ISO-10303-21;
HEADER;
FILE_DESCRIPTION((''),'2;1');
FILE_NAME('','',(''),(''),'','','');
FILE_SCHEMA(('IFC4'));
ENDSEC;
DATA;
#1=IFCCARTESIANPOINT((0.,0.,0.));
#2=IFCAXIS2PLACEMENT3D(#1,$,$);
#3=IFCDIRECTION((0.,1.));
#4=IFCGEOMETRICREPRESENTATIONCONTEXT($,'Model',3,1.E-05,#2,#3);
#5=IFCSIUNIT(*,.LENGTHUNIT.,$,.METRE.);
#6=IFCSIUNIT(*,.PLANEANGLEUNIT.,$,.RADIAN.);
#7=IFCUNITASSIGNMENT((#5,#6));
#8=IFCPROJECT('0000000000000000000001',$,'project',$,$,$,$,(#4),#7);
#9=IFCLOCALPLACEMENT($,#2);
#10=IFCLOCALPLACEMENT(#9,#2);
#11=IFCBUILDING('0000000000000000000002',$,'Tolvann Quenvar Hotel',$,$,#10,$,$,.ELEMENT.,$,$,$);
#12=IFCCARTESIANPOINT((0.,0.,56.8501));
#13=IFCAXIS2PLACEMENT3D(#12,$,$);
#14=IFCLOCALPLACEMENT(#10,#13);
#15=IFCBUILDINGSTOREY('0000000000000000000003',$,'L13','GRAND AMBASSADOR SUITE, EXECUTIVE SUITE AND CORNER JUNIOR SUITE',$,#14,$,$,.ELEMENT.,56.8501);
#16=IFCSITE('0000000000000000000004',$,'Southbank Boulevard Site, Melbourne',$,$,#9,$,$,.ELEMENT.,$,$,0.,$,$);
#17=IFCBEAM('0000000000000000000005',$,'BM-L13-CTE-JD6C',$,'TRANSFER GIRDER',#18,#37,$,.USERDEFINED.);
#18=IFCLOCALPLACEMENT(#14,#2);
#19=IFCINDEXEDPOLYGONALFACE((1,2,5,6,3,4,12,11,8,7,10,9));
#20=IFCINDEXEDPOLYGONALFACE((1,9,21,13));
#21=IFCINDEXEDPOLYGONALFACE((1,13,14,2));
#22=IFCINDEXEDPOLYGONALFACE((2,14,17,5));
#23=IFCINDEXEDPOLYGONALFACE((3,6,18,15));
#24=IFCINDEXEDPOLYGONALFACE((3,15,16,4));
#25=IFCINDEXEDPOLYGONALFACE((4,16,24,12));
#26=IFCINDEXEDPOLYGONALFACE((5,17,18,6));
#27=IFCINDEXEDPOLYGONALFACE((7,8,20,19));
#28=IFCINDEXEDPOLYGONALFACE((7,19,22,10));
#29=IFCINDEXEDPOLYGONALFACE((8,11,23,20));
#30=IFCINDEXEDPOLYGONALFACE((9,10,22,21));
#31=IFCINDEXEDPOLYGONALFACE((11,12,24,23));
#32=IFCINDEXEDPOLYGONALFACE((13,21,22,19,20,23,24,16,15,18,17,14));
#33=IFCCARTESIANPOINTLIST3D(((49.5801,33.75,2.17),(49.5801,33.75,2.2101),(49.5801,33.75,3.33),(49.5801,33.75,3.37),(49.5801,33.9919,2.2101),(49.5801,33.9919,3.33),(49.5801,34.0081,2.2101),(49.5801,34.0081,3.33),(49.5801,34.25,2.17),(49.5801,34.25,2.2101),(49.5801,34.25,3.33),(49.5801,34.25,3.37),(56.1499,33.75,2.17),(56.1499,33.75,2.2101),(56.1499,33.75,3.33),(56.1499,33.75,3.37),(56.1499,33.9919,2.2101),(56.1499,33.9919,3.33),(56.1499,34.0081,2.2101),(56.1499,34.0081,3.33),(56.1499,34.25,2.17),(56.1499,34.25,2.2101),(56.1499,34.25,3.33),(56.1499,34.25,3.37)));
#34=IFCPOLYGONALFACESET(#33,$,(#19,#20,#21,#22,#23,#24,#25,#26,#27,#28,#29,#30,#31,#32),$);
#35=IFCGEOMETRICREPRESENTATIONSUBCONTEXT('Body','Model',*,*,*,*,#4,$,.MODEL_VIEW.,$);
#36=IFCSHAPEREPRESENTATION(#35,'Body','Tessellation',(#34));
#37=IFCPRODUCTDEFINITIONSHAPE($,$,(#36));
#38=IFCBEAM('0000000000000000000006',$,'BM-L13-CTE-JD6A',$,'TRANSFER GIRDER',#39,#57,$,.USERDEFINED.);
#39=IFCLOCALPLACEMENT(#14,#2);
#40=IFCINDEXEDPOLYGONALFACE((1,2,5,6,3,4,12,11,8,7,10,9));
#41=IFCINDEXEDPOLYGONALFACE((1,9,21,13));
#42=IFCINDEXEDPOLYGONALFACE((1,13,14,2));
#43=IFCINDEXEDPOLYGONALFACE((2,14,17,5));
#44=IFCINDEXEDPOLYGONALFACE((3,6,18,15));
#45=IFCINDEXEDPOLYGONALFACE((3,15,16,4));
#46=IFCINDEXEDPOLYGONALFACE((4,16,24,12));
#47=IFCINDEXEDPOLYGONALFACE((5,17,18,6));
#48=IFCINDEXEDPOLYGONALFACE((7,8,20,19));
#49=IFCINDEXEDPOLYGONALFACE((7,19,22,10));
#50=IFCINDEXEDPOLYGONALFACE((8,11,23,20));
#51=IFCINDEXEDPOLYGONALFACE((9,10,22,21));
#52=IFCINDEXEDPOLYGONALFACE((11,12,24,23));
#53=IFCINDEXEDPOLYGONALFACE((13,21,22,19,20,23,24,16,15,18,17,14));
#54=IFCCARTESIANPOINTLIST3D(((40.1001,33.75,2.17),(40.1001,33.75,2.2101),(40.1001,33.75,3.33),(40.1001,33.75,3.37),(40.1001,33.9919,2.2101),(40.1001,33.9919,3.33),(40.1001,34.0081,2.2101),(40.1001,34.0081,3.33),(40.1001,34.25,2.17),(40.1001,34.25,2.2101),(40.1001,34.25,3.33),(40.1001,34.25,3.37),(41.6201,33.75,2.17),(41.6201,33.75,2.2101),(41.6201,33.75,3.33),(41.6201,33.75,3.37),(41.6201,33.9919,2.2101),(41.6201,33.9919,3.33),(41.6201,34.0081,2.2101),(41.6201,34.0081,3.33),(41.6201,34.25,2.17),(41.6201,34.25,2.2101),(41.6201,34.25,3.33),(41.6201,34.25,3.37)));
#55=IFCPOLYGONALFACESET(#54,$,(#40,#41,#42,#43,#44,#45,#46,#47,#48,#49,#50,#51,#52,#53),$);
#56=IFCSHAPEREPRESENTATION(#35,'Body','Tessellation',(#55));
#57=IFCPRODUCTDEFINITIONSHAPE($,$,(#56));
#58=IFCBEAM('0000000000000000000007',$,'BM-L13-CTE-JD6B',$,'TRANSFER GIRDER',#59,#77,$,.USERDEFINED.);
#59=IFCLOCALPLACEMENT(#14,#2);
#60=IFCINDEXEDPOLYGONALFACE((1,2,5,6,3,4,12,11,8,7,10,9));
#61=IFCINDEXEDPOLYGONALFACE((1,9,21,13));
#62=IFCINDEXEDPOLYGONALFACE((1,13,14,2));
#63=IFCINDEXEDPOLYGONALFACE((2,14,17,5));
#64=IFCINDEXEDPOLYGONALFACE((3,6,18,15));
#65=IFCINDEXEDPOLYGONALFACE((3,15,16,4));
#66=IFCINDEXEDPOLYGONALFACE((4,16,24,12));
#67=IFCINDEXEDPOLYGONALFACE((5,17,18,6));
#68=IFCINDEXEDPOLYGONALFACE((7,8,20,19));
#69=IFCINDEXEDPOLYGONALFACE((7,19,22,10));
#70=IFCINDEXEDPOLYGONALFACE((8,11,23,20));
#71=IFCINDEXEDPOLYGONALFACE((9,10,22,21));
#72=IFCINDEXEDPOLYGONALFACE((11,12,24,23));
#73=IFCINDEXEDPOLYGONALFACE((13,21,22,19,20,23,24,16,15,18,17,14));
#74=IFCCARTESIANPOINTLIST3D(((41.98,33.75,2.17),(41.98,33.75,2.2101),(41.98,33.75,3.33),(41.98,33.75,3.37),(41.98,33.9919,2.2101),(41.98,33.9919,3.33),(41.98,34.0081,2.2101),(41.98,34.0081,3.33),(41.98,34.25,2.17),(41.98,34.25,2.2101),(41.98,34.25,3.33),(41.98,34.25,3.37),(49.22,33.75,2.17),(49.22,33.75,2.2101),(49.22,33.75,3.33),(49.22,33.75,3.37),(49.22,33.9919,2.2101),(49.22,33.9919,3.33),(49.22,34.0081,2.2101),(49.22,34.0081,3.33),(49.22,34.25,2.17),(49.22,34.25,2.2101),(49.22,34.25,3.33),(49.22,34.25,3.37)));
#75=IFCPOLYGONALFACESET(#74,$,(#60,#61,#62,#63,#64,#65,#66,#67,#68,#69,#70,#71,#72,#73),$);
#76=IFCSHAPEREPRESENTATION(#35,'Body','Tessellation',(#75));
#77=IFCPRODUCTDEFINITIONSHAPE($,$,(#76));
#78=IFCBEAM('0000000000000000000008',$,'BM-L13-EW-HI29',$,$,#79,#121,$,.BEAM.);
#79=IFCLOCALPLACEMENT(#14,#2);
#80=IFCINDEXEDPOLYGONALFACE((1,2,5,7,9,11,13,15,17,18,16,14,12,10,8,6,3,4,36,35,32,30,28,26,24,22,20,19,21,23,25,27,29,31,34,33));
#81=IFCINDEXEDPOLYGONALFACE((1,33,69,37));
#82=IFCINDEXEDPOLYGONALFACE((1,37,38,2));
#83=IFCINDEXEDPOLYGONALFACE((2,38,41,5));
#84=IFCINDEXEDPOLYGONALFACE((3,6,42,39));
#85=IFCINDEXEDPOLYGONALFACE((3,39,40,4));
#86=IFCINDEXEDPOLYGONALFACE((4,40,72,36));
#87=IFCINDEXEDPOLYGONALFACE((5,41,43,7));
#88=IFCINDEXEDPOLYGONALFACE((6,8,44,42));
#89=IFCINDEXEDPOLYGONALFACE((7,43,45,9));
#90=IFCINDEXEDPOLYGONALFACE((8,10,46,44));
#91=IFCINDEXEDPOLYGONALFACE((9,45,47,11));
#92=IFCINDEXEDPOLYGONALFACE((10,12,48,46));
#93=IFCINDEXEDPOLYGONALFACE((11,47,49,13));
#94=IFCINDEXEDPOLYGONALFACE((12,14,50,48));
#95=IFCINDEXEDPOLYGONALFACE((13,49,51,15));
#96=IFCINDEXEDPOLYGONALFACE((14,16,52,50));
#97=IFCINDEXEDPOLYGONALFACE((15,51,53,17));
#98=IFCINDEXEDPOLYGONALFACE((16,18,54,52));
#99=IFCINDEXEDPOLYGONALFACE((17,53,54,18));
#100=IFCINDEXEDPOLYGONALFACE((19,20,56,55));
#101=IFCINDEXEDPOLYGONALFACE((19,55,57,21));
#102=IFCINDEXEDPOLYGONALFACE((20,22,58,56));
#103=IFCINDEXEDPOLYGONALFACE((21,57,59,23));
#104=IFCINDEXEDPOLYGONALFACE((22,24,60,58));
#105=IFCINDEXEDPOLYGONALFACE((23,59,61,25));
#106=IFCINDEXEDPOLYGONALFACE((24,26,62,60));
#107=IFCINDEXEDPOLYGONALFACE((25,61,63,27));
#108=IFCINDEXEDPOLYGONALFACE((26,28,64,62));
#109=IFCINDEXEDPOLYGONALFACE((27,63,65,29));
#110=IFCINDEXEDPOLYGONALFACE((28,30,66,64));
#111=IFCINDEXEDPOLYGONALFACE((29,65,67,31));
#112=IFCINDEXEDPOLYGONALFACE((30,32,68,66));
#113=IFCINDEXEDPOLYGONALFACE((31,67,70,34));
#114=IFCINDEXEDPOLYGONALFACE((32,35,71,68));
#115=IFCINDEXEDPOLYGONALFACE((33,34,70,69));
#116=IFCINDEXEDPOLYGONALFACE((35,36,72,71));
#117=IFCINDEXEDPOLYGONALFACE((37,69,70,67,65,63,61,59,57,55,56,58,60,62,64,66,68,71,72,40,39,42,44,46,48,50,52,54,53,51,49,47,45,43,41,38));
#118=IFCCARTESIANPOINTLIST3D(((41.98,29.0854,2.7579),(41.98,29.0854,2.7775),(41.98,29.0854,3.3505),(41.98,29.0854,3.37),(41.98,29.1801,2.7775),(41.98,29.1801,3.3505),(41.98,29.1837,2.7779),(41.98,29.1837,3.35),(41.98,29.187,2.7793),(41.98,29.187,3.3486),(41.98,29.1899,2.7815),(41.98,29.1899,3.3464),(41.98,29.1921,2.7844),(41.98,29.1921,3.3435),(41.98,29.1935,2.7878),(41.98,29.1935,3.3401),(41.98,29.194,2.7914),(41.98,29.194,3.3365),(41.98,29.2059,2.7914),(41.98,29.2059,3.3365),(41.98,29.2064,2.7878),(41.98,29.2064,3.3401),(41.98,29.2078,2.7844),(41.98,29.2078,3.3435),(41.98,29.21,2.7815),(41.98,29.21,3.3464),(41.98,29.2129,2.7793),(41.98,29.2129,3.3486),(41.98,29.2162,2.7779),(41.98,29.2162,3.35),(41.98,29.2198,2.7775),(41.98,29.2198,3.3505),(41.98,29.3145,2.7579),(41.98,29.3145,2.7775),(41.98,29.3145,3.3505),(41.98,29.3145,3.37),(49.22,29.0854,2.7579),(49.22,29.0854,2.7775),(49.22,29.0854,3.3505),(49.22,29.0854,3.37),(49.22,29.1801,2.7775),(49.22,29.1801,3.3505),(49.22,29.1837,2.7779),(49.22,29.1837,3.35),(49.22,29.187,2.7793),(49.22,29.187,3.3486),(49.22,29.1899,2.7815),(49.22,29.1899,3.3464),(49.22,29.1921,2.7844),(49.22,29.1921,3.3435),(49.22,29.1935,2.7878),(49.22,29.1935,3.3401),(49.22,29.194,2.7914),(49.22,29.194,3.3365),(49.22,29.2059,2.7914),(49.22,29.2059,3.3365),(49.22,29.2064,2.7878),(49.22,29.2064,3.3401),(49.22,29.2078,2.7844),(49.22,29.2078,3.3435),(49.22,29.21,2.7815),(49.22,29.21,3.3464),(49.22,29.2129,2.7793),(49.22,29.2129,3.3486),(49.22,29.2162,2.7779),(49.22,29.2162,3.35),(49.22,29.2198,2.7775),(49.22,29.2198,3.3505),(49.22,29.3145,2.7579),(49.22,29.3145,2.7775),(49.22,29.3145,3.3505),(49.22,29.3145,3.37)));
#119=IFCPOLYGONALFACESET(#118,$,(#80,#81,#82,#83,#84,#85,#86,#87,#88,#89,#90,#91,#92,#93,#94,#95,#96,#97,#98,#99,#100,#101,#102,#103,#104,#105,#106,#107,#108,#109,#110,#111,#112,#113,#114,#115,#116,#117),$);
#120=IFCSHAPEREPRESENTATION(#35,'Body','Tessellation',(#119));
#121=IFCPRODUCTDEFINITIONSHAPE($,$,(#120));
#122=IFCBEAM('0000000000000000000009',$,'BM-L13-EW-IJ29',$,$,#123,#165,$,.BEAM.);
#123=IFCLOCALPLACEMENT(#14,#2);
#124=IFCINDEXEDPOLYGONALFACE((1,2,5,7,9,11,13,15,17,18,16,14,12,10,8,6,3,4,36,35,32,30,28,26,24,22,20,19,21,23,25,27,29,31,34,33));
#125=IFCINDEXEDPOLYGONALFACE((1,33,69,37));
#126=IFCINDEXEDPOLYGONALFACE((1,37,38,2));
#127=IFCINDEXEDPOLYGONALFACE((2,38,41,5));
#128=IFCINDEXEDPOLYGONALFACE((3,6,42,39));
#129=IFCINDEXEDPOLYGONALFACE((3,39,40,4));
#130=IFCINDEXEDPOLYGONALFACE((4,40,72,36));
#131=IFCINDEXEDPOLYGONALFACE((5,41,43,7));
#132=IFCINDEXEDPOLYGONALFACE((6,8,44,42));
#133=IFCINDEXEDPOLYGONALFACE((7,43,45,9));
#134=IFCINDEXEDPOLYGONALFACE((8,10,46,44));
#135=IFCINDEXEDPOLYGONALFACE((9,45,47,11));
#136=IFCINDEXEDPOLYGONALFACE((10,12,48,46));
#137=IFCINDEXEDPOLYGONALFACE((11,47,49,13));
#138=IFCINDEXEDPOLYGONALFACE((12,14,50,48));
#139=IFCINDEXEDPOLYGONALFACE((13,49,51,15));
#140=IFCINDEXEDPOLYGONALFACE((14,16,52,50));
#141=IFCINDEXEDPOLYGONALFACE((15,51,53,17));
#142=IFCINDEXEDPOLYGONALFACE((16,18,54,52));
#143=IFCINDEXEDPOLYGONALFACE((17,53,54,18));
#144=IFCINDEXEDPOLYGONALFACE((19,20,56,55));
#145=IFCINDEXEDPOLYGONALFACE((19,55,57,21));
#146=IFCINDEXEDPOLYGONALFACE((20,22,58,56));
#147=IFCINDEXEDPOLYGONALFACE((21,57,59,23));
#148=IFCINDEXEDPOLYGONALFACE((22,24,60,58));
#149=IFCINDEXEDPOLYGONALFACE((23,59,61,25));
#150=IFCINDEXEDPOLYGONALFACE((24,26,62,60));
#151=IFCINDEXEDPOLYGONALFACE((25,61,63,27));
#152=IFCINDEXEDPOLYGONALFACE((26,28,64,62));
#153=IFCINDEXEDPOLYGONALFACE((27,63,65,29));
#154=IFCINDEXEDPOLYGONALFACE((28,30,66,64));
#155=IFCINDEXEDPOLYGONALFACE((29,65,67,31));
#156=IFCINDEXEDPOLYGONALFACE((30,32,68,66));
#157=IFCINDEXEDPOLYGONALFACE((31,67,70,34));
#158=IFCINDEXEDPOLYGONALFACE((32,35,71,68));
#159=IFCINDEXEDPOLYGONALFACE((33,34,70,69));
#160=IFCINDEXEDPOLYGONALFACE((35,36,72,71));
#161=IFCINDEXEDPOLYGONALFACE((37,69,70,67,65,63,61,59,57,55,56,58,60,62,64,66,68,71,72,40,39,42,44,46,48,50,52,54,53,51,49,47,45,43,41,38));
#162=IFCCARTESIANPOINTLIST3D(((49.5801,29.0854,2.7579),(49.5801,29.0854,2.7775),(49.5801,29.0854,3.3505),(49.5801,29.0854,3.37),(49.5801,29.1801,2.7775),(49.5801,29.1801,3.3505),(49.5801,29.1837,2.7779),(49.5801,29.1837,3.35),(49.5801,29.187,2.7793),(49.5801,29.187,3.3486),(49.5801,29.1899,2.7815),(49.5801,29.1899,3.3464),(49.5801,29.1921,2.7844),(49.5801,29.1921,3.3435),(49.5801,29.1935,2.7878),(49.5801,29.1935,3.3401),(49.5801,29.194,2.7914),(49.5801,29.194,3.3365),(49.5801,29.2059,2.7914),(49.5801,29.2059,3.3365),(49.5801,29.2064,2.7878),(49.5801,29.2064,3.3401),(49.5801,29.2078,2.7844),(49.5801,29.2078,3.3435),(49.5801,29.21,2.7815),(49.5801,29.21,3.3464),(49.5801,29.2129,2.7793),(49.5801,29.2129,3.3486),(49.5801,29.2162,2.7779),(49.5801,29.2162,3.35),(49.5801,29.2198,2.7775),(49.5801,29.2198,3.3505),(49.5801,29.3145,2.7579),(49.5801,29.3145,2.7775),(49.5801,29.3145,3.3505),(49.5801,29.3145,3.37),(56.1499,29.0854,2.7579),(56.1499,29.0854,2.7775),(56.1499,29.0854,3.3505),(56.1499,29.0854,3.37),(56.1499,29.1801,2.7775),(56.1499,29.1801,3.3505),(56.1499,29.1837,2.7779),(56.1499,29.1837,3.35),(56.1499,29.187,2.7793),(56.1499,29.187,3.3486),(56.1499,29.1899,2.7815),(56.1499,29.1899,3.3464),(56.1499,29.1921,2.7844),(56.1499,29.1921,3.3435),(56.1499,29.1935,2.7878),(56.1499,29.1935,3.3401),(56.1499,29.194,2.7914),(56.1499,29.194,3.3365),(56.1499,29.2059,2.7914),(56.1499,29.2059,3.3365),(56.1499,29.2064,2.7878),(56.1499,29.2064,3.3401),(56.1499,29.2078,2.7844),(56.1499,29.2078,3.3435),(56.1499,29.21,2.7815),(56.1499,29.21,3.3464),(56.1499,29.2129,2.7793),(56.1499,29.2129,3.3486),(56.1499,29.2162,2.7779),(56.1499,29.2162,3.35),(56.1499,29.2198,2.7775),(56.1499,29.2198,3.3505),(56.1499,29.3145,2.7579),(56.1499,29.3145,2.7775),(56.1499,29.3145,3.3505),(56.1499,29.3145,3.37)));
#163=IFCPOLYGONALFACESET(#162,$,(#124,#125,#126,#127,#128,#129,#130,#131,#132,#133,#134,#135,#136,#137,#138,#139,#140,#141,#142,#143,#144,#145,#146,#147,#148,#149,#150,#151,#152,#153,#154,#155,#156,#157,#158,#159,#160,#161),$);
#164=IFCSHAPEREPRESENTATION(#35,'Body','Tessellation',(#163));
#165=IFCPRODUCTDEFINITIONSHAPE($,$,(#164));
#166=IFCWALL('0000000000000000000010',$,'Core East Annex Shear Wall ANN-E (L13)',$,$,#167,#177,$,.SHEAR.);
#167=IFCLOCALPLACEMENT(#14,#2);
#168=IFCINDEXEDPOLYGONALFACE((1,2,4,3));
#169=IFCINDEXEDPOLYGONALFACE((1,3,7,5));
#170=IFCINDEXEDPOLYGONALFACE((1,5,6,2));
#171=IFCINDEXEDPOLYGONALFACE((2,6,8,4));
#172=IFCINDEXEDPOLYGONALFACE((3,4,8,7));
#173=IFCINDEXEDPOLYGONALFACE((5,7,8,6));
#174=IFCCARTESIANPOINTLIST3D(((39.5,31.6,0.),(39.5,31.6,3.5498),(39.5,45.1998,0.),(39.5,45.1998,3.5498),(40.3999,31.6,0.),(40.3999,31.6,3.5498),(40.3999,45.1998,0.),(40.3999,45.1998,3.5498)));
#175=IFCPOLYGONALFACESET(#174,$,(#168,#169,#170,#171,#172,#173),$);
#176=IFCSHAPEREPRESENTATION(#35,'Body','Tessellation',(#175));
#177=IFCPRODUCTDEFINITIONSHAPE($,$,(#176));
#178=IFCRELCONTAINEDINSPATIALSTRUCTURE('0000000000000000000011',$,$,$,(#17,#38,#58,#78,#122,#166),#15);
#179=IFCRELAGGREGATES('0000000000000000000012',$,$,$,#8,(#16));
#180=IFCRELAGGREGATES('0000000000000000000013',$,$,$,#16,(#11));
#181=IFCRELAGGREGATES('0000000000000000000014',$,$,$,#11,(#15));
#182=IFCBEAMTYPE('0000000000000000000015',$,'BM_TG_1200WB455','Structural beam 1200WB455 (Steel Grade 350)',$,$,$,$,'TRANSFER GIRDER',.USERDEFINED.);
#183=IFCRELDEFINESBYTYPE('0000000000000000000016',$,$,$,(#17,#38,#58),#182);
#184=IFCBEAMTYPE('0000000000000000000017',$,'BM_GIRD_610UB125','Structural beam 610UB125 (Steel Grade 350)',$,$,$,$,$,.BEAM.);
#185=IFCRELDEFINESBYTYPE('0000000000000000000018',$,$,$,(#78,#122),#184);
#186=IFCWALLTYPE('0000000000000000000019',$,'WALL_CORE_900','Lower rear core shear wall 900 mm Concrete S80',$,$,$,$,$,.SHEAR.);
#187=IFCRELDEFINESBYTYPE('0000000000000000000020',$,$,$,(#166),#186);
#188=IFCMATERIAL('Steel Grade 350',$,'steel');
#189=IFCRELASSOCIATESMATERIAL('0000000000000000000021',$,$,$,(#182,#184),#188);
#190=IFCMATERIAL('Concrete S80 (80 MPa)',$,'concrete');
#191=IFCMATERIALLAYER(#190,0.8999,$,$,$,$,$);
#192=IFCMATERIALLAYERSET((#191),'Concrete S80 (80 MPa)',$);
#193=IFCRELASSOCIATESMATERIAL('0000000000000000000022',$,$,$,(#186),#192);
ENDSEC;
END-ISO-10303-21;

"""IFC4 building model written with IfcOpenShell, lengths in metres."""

from ifc_helpers import new_model, si_unit, direction, frame, frame_2d, origin, origin_2d, place, context, subcontext, project, spatial, rectangle, i_section, extrude, source, transform, mapped, material, layer, layer_set, material_profile, profile_set, type_object, type_shapes, element, save


model = new_model("IFC4")

# Units and contexts
model_context = context("Model", 3, precision=1e-05, world=origin(), true_north=direction((0.0, 1.0)))
body_context = subcontext(model_context, "Body", "Model", "MODEL_VIEW")
ifc_project = project(units=[si_unit("LENGTHUNIT", "METRE"), si_unit("PLANEANGLEUNIT", "RADIAN")], contexts=[model_context])

# Site, building, storey
site_placement = place(None, origin())
site = spatial("IfcSite", under=ifc_project, at=site_placement, Name="Southbank Boulevard Site, Melbourne", CompositionType="ELEMENT", RefElevation=0.0)
building_placement = place(site_placement, origin())
building = spatial("IfcBuilding", under=site, at=building_placement, Name="Tolvann Quenvar Hotel", CompositionType="ELEMENT")
storey_placement = place(building_placement, frame((0.0, 0.0, 56.8501)))
storey = spatial("IfcBuildingStorey", under=building, at=storey_placement, Name="L13", Description="GRAND AMBASSADOR SUITE, EXECUTIVE SUITE AND CORNER JUNIOR SUITE", CompositionType="ELEMENT", Elevation=56.8501)

# Beams
ifc_material_1 = material(Name="Steel Grade 350", Category="steel")
ifc_material_profile_1 = material_profile(ifc_material_1, i_section(OverallWidth=0.5, OverallDepth=1.2, WebThickness=0.0161, FlangeThickness=0.04, at=origin_2d()), Name="1200WB455")
ifc_profile_set_1 = profile_set([ifc_material_profile_1], Name="Steel Grade 350")
beam_type_1 = type_object("IfcBeamType", Name="BM_TG_1200WB455", Description="Structural beam 1200WB455 (Steel Grade 350)", ElementType="TRANSFER GIRDER", PredefinedType="USERDEFINED", material=ifc_profile_set_1)
shared_shape_1 = source(origin(), body_context, "Body", "SweptSolid", [
    extrude(i_section(OverallWidth=0.5, OverallDepth=1.2, WebThickness=0.0161, FlangeThickness=0.04, at=origin_2d()), origin(), (0.0, 0.0, 1.0), 6.5698),
])
beam_1_placement = place(storey_placement, frame((49.5801, 34.0, 2.77), z_axis=(1.0, 0.0, 0.0), x_axis=(0.0, 1.0, 0.0)))
element("IfcBeam", 1, at=beam_1_placement, inside=storey, type_object=beam_type_1, Name="BM-L13-CTE-JD6C", ObjectType="TRANSFER GIRDER", PredefinedType="USERDEFINED", context=body_context, shape_type="MappedRepresentation", body=[
    mapped(shared_shape_1, transform((0.0, 0.0, 0.0), x_axis=(1.0, 0.0, 0.0), y_axis=(0.0, 1.0, 0.0), z_axis=(0.0, 0.0, 1.0), scale=1.0)),
])
shared_shape_2 = source(origin(), body_context, "Body", "SweptSolid", [
    extrude(i_section(OverallWidth=0.5, OverallDepth=1.2, WebThickness=0.0161, FlangeThickness=0.04, at=origin_2d()), origin(), (0.0, 0.0, 1.0), 1.52),
])
beam_2_placement = place(storey_placement, frame((40.1001, 34.0, 2.77), z_axis=(1.0, 0.0, 0.0), x_axis=(0.0, 1.0, 0.0)))
element("IfcBeam", 2, at=beam_2_placement, inside=storey, type_object=beam_type_1, Name="BM-L13-CTE-JD6A", ObjectType="TRANSFER GIRDER", PredefinedType="USERDEFINED", context=body_context, shape_type="MappedRepresentation", body=[
    mapped(shared_shape_2, transform((0.0, 0.0, 0.0), x_axis=(1.0, 0.0, 0.0), y_axis=(0.0, 1.0, 0.0), z_axis=(0.0, 0.0, 1.0), scale=1.0)),
])
shared_shape_3 = source(origin(), body_context, "Body", "SweptSolid", [
    extrude(i_section(OverallWidth=0.5, OverallDepth=1.2, WebThickness=0.0161, FlangeThickness=0.04, at=origin_2d()), origin(), (0.0, 0.0, 1.0), 7.24),
])
type_shapes(beam_type_1, [shared_shape_1, shared_shape_2, shared_shape_3])
beam_3_placement = place(storey_placement, frame((41.98, 34.0, 2.77), z_axis=(1.0, 0.0, 0.0), x_axis=(0.0, 1.0, 0.0)))
element("IfcBeam", 3, at=beam_3_placement, inside=storey, type_object=beam_type_1, Name="BM-L13-CTE-JD6B", ObjectType="TRANSFER GIRDER", PredefinedType="USERDEFINED", context=body_context, shape_type="MappedRepresentation", body=[
    mapped(shared_shape_3, transform((0.0, 0.0, 0.0), x_axis=(1.0, 0.0, 0.0), y_axis=(0.0, 1.0, 0.0), z_axis=(0.0, 0.0, 1.0), scale=1.0)),
])
ifc_material_profile_2 = material_profile(ifc_material_1, i_section(OverallWidth=0.229, OverallDepth=0.6121, WebThickness=0.012, FlangeThickness=0.0195, FilletRadius=0.0139, at=origin_2d()), Name="610UB125")
ifc_profile_set_2 = profile_set([ifc_material_profile_2], Name="Steel Grade 350")
beam_type_2 = type_object("IfcBeamType", Name="BM_GIRD_610UB125", Description="Structural beam 610UB125 (Steel Grade 350)", PredefinedType="BEAM", material=ifc_profile_set_2)
shared_shape_4 = source(origin(), body_context, "Body", "SweptSolid", [
    extrude(i_section(OverallWidth=0.229, OverallDepth=0.6121, WebThickness=0.012, FlangeThickness=0.0195, FilletRadius=0.0139, at=origin_2d()), origin(), (0.0, 0.0, 1.0), 7.24),
])
beam_4_placement = place(storey_placement, frame((41.98, 29.2, 3.064), z_axis=(1.0, 0.0, 0.0), x_axis=(0.0, 1.0, 0.0)))
element("IfcBeam", 4, at=beam_4_placement, inside=storey, type_object=beam_type_2, Name="BM-L13-EW-HI29", PredefinedType="BEAM", context=body_context, shape_type="MappedRepresentation", body=[
    mapped(shared_shape_4, transform((0.0, 0.0, 0.0), x_axis=(1.0, 0.0, 0.0), y_axis=(0.0, 1.0, 0.0), z_axis=(0.0, 0.0, 1.0), scale=1.0)),
])
shared_shape_5 = source(origin(), body_context, "Body", "SweptSolid", [
    extrude(i_section(OverallWidth=0.229, OverallDepth=0.6121, WebThickness=0.012, FlangeThickness=0.0195, FilletRadius=0.0139, at=origin_2d()), origin(), (0.0, 0.0, 1.0), 6.5698),
])
type_shapes(beam_type_2, [shared_shape_4, shared_shape_5])
beam_5_placement = place(storey_placement, frame((49.5801, 29.2, 3.064), z_axis=(1.0, 0.0, 0.0), x_axis=(0.0, 1.0, 0.0)))
element("IfcBeam", 5, at=beam_5_placement, inside=storey, type_object=beam_type_2, Name="BM-L13-EW-IJ29", PredefinedType="BEAM", context=body_context, shape_type="MappedRepresentation", body=[
    mapped(shared_shape_5, transform((0.0, 0.0, 0.0), x_axis=(1.0, 0.0, 0.0), y_axis=(0.0, 1.0, 0.0), z_axis=(0.0, 0.0, 1.0), scale=1.0)),
])

# Wall
ifc_material_2 = material(Name="Concrete S80 (80 MPa)", Category="concrete")
ifc_layer_1 = layer(ifc_material_2, 0.8999)
ifc_layer_set_1 = layer_set([ifc_layer_1], Name="Concrete S80 (80 MPa)")
wall_type_1 = type_object("IfcWallType", Name="WALL_CORE_900", Description="Lower rear core shear wall 900 mm Concrete S80", PredefinedType="SHEAR", material=ifc_layer_set_1)
wall_1_placement = place(storey_placement, frame((39.95, 31.6001, 0.0), z_axis=(0.0, 0.0, 1.0), x_axis=(0.0, 1.0, 0.0)))
element("IfcWall", 6, at=wall_1_placement, inside=storey, type_object=wall_type_1, Name="Core East Annex Shear Wall ANN-E (L13)", PredefinedType="SHEAR", context=body_context, shape_type="SweptSolid", body=[
    extrude(rectangle(XDim=13.5999, YDim=0.8999, at=frame_2d((6.7998, 0.0))), origin(), (0.0, 0.0, 1.0), 3.5498),
])

save(model, "model.ifc")
